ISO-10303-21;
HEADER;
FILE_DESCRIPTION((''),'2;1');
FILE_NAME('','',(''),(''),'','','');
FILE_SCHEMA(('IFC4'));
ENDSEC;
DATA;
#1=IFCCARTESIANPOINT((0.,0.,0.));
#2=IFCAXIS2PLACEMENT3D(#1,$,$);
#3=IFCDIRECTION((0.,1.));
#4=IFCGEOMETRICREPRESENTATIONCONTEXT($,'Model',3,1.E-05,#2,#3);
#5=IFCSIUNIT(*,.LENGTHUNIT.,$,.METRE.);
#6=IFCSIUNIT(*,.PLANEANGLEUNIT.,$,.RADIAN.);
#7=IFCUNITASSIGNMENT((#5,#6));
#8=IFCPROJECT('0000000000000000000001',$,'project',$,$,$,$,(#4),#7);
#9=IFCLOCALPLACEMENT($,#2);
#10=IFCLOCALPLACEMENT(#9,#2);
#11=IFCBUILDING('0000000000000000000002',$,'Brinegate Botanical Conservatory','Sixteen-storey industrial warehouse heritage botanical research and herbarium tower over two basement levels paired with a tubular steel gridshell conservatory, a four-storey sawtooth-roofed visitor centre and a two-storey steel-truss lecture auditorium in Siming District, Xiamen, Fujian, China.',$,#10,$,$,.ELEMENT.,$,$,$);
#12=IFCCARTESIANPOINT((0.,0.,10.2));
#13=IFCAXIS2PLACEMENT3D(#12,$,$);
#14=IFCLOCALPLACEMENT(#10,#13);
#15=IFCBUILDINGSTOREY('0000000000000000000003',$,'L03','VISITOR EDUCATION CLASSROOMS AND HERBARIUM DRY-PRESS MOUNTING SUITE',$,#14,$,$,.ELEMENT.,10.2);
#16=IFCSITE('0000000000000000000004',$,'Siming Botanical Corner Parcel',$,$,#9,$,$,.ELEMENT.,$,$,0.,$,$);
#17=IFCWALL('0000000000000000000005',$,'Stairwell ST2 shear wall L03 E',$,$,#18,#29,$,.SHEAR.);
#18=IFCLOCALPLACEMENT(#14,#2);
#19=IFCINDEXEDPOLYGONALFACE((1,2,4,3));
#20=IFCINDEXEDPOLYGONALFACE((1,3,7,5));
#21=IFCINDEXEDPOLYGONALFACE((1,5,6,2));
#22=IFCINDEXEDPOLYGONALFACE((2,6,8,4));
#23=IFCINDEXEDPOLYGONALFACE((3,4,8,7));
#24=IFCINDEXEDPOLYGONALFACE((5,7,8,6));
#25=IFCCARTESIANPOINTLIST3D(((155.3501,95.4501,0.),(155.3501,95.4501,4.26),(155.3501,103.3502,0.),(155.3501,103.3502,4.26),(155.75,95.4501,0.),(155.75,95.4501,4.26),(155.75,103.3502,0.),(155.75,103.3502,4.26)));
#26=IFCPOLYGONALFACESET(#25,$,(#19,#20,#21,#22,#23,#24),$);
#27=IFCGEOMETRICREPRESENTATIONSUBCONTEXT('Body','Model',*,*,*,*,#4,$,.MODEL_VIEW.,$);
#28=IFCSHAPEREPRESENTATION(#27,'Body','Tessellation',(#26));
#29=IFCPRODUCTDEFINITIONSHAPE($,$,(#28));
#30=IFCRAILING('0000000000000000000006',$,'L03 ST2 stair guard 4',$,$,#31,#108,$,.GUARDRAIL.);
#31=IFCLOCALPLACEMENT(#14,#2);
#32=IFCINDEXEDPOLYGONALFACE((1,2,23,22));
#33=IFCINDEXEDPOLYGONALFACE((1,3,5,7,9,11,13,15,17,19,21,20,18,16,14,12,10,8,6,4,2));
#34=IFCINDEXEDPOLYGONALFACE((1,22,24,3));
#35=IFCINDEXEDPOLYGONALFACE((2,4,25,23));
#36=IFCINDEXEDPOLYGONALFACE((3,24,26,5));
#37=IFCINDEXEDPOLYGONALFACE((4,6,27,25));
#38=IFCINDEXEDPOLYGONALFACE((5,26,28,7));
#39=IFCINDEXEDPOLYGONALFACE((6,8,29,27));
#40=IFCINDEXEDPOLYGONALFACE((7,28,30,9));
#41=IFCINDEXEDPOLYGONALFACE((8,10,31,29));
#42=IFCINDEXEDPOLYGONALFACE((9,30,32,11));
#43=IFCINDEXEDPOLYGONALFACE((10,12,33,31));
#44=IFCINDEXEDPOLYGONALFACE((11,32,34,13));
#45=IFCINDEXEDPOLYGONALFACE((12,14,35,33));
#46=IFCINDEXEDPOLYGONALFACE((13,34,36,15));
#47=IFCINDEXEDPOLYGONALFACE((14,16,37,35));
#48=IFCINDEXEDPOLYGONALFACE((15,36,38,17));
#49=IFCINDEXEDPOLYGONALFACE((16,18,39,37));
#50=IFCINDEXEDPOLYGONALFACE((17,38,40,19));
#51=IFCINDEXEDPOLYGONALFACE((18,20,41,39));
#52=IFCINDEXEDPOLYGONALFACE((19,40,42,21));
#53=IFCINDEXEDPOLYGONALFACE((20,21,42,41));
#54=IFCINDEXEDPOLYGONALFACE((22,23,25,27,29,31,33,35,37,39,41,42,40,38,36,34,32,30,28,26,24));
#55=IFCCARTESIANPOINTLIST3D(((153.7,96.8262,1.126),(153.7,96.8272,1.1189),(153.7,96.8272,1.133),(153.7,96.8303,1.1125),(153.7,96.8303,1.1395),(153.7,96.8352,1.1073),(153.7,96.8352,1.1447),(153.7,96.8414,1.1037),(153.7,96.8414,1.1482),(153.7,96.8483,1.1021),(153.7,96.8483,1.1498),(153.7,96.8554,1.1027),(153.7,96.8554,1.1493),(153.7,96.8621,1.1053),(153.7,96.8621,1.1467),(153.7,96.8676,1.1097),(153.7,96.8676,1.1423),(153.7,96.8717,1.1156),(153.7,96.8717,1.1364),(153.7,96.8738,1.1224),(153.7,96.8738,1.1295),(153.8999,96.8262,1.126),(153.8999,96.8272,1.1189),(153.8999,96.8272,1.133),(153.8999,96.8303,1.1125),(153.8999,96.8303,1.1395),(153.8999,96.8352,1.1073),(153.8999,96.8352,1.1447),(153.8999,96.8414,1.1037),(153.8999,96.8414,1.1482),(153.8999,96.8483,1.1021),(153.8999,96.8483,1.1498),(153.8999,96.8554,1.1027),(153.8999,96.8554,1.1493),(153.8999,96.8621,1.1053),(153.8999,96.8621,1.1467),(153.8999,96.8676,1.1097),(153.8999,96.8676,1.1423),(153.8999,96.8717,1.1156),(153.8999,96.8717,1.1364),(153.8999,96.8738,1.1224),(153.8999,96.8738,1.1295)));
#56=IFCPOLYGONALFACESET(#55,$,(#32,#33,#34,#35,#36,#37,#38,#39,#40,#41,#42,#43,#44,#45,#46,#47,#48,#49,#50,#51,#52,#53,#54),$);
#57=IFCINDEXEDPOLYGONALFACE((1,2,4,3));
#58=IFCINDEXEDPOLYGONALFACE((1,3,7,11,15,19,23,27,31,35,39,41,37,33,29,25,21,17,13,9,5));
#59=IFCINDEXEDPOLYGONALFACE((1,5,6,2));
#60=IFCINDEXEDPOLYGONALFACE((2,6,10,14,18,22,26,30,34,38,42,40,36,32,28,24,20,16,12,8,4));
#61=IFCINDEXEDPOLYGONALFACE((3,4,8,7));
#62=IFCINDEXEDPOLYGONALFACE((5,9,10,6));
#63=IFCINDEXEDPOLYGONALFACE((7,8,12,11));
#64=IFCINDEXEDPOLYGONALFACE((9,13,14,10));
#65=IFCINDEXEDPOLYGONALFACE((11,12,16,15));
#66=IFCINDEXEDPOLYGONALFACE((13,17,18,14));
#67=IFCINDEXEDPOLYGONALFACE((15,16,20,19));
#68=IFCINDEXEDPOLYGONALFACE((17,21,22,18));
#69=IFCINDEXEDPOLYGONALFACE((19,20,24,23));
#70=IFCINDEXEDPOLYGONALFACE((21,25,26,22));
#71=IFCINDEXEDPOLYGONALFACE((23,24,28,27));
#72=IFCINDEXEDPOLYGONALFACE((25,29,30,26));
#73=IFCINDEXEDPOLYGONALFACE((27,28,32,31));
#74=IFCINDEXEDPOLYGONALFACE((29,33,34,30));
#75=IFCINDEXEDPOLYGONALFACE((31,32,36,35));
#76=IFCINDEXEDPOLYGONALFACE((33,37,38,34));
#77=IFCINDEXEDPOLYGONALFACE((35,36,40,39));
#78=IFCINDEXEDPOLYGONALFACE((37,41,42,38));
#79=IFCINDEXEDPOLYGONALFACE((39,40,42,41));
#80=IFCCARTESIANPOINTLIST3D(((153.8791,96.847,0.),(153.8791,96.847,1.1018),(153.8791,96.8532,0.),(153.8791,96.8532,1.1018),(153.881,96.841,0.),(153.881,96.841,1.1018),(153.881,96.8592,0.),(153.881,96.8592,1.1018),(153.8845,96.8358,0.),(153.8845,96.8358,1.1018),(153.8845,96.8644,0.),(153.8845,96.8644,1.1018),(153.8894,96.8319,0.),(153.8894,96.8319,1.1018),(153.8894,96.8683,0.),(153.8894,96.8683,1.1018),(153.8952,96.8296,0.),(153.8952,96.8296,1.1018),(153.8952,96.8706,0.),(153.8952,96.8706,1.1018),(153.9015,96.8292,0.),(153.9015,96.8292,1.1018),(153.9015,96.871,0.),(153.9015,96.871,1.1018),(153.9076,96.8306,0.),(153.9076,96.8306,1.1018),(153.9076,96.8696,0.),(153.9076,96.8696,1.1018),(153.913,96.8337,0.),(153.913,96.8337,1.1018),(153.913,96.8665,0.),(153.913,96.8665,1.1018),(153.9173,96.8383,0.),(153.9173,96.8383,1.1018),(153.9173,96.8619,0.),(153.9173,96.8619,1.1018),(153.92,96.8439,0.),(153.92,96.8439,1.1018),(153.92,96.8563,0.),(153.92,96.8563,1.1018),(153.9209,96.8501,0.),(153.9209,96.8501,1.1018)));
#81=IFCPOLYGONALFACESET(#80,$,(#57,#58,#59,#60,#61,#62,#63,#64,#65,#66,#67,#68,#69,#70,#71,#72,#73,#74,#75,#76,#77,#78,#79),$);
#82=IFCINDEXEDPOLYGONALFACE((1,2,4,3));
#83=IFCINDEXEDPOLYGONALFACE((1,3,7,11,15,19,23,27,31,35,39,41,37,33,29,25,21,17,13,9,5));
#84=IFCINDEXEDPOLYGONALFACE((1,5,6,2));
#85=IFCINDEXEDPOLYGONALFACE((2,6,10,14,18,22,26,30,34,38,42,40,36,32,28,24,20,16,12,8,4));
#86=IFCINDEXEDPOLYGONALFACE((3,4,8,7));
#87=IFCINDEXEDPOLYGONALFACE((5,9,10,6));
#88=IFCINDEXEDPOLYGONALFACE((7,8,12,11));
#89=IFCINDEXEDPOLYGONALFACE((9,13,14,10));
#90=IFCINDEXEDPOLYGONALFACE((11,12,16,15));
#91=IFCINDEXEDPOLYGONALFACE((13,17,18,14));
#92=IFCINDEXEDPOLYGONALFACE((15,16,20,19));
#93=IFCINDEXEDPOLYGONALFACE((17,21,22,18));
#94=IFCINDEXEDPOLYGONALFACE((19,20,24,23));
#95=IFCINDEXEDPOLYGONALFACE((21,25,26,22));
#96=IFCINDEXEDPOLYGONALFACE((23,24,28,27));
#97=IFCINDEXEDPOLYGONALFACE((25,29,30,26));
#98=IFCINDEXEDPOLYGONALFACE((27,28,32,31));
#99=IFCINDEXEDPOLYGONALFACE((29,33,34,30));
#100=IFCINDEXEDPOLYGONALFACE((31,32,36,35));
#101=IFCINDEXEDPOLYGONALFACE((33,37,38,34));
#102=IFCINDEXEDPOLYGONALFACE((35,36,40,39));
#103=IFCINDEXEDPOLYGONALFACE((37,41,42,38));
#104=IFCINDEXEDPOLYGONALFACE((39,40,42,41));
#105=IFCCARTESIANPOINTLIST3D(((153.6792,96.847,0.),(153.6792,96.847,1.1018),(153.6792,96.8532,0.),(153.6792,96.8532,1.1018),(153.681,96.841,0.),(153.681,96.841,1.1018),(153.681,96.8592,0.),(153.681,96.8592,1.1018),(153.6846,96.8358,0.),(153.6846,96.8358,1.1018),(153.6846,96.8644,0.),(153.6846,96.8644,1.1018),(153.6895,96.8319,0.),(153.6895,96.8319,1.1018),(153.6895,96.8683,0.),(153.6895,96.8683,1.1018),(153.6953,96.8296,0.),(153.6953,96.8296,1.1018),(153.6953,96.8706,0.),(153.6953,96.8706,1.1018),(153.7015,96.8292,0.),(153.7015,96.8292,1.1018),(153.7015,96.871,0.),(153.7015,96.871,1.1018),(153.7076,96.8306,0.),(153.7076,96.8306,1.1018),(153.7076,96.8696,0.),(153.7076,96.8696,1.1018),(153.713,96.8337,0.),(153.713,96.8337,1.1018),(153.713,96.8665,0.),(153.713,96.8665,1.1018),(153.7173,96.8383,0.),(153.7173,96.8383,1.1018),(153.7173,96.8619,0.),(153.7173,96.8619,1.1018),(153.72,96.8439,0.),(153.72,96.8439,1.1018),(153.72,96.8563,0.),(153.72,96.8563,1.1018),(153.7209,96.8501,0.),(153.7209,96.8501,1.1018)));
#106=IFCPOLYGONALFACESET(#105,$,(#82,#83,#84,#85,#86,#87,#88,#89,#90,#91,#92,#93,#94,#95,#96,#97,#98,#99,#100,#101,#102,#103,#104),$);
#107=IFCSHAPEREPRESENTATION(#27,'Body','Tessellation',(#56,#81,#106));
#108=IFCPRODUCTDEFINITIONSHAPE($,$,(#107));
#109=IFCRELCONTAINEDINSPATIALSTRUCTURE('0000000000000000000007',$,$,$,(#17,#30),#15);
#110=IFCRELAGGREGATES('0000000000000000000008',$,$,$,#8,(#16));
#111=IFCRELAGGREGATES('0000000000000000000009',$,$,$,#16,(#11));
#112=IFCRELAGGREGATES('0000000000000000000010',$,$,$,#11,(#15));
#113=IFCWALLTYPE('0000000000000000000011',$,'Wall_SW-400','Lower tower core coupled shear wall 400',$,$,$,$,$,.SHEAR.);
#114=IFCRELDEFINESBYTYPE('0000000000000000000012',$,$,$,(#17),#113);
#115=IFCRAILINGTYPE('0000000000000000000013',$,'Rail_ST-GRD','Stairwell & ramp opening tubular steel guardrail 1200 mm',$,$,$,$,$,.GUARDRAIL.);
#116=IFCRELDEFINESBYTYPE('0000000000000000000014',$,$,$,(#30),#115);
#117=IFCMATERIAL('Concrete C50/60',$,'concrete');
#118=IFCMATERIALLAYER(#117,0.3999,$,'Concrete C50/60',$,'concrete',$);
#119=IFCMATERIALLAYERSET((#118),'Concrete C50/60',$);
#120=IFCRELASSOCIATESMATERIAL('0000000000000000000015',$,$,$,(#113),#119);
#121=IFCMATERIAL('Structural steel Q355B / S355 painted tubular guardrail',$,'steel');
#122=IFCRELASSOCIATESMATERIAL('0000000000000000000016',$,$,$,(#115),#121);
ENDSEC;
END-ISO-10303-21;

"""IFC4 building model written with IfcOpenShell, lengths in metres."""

from ifc_helpers import new_model, si_unit, direction, frame, frame_2d, origin, origin_2d, place, context, subcontext, project, spatial, rectangle, circle, extrude, material, layer, layer_set, type_object, element, save


model = new_model("IFC4")

# Units and contexts
model_context = context("Model", 3, precision=1e-05, world=origin(), true_north=direction((0.0, 1.0)))
body_context = subcontext(model_context, "Body", "Model", "MODEL_VIEW")
ifc_project = project(units=[si_unit("LENGTHUNIT", "METRE"), si_unit("PLANEANGLEUNIT", "RADIAN")], contexts=[model_context])

# Site, building, storey
site_placement = place(None, origin())
site = spatial("IfcSite", under=ifc_project, at=site_placement, Name="Siming Botanical Corner Parcel", CompositionType="ELEMENT", RefElevation=0.0)
building_placement = place(site_placement, origin())
building = spatial("IfcBuilding", under=site, at=building_placement, Name="Brinegate Botanical Conservatory", Description="Sixteen-storey industrial warehouse heritage botanical research and herbarium tower over two basement levels paired with a tubular steel gridshell conservatory, a four-storey sawtooth-roofed visitor centre and a two-storey steel-truss lecture auditorium in Siming District, Xiamen, Fujian, China.", CompositionType="ELEMENT")
storey_placement = place(building_placement, frame((0.0, 0.0, 10.2)))
storey = spatial("IfcBuildingStorey", under=building, at=storey_placement, Name="L03", Description="VISITOR EDUCATION CLASSROOMS AND HERBARIUM DRY-PRESS MOUNTING SUITE", CompositionType="ELEMENT", Elevation=10.2)

# Shared definitions
ifc_material_1 = material(Name="Concrete C50/60", Category="concrete")

# Shared definitions
ifc_layer_1 = layer(ifc_material_1, 0.3999, Name="Concrete C50/60", Category="concrete")
ifc_layer_set_1 = layer_set([ifc_layer_1], Name="Concrete C50/60")
wall_type_1 = type_object("IfcWallType", Name="Wall_SW-400", Description="Lower tower core coupled shear wall 400", PredefinedType="SHEAR", material=ifc_layer_set_1)

# Wall
wall_1_placement = place(storey_placement, frame((155.55, 95.45, 0.0), z_axis=(0.0, 0.0, 1.0), x_axis=(0.0, 1.0, 0.0)))
element("IfcWall", 1, at=wall_1_placement, inside=storey, type_object=wall_type_1, Name="Stairwell ST2 shear wall L03 E", PredefinedType="SHEAR", context=body_context, shape_type="SweptSolid", body=[
    extrude(rectangle(XDim=7.9001, YDim=0.3999, at=frame_2d((3.9502, 0.0))), origin(), (0.0, 0.0, 1.0), 4.26),
])

# Railing
ifc_material_2 = material(Name="Structural steel Q355B / S355 painted tubular guardrail", Category="steel")
railing_type = type_object("IfcRailingType", Name="Rail_ST-GRD", Description="Stairwell & ramp opening tubular steel guardrail 1200 mm", PredefinedType="GUARDRAIL", material=ifc_material_2)
railing_placement = place(storey_placement, frame((153.8999, 96.8501, 0.0)))
element("IfcRailing", 2, at=railing_placement, inside=storey, type_object=railing_type, Name="L03 ST2 stair guard 4", PredefinedType="GUARDRAIL", context=body_context, shape_type="SweptSolid", body=[
    extrude(circle(Radius=0.0239, at=origin_2d()), frame((0.0, 0.0, 1.126), z_axis=(-1.0, 0.0, 0.0), x_axis=(0.0, -1.0, 0.0)), (0.0, 0.0, 1.0), 0.2),
    extrude(circle(Radius=0.021, at=origin_2d()), origin(), (0.0, 0.0, 1.0), 1.1018),
    extrude(circle(Radius=0.021, at=origin_2d()), frame((-0.2, 0.0, 0.0)), (0.0, 0.0, 1.0), 1.1018),
])

save(model, "model.ifc")
